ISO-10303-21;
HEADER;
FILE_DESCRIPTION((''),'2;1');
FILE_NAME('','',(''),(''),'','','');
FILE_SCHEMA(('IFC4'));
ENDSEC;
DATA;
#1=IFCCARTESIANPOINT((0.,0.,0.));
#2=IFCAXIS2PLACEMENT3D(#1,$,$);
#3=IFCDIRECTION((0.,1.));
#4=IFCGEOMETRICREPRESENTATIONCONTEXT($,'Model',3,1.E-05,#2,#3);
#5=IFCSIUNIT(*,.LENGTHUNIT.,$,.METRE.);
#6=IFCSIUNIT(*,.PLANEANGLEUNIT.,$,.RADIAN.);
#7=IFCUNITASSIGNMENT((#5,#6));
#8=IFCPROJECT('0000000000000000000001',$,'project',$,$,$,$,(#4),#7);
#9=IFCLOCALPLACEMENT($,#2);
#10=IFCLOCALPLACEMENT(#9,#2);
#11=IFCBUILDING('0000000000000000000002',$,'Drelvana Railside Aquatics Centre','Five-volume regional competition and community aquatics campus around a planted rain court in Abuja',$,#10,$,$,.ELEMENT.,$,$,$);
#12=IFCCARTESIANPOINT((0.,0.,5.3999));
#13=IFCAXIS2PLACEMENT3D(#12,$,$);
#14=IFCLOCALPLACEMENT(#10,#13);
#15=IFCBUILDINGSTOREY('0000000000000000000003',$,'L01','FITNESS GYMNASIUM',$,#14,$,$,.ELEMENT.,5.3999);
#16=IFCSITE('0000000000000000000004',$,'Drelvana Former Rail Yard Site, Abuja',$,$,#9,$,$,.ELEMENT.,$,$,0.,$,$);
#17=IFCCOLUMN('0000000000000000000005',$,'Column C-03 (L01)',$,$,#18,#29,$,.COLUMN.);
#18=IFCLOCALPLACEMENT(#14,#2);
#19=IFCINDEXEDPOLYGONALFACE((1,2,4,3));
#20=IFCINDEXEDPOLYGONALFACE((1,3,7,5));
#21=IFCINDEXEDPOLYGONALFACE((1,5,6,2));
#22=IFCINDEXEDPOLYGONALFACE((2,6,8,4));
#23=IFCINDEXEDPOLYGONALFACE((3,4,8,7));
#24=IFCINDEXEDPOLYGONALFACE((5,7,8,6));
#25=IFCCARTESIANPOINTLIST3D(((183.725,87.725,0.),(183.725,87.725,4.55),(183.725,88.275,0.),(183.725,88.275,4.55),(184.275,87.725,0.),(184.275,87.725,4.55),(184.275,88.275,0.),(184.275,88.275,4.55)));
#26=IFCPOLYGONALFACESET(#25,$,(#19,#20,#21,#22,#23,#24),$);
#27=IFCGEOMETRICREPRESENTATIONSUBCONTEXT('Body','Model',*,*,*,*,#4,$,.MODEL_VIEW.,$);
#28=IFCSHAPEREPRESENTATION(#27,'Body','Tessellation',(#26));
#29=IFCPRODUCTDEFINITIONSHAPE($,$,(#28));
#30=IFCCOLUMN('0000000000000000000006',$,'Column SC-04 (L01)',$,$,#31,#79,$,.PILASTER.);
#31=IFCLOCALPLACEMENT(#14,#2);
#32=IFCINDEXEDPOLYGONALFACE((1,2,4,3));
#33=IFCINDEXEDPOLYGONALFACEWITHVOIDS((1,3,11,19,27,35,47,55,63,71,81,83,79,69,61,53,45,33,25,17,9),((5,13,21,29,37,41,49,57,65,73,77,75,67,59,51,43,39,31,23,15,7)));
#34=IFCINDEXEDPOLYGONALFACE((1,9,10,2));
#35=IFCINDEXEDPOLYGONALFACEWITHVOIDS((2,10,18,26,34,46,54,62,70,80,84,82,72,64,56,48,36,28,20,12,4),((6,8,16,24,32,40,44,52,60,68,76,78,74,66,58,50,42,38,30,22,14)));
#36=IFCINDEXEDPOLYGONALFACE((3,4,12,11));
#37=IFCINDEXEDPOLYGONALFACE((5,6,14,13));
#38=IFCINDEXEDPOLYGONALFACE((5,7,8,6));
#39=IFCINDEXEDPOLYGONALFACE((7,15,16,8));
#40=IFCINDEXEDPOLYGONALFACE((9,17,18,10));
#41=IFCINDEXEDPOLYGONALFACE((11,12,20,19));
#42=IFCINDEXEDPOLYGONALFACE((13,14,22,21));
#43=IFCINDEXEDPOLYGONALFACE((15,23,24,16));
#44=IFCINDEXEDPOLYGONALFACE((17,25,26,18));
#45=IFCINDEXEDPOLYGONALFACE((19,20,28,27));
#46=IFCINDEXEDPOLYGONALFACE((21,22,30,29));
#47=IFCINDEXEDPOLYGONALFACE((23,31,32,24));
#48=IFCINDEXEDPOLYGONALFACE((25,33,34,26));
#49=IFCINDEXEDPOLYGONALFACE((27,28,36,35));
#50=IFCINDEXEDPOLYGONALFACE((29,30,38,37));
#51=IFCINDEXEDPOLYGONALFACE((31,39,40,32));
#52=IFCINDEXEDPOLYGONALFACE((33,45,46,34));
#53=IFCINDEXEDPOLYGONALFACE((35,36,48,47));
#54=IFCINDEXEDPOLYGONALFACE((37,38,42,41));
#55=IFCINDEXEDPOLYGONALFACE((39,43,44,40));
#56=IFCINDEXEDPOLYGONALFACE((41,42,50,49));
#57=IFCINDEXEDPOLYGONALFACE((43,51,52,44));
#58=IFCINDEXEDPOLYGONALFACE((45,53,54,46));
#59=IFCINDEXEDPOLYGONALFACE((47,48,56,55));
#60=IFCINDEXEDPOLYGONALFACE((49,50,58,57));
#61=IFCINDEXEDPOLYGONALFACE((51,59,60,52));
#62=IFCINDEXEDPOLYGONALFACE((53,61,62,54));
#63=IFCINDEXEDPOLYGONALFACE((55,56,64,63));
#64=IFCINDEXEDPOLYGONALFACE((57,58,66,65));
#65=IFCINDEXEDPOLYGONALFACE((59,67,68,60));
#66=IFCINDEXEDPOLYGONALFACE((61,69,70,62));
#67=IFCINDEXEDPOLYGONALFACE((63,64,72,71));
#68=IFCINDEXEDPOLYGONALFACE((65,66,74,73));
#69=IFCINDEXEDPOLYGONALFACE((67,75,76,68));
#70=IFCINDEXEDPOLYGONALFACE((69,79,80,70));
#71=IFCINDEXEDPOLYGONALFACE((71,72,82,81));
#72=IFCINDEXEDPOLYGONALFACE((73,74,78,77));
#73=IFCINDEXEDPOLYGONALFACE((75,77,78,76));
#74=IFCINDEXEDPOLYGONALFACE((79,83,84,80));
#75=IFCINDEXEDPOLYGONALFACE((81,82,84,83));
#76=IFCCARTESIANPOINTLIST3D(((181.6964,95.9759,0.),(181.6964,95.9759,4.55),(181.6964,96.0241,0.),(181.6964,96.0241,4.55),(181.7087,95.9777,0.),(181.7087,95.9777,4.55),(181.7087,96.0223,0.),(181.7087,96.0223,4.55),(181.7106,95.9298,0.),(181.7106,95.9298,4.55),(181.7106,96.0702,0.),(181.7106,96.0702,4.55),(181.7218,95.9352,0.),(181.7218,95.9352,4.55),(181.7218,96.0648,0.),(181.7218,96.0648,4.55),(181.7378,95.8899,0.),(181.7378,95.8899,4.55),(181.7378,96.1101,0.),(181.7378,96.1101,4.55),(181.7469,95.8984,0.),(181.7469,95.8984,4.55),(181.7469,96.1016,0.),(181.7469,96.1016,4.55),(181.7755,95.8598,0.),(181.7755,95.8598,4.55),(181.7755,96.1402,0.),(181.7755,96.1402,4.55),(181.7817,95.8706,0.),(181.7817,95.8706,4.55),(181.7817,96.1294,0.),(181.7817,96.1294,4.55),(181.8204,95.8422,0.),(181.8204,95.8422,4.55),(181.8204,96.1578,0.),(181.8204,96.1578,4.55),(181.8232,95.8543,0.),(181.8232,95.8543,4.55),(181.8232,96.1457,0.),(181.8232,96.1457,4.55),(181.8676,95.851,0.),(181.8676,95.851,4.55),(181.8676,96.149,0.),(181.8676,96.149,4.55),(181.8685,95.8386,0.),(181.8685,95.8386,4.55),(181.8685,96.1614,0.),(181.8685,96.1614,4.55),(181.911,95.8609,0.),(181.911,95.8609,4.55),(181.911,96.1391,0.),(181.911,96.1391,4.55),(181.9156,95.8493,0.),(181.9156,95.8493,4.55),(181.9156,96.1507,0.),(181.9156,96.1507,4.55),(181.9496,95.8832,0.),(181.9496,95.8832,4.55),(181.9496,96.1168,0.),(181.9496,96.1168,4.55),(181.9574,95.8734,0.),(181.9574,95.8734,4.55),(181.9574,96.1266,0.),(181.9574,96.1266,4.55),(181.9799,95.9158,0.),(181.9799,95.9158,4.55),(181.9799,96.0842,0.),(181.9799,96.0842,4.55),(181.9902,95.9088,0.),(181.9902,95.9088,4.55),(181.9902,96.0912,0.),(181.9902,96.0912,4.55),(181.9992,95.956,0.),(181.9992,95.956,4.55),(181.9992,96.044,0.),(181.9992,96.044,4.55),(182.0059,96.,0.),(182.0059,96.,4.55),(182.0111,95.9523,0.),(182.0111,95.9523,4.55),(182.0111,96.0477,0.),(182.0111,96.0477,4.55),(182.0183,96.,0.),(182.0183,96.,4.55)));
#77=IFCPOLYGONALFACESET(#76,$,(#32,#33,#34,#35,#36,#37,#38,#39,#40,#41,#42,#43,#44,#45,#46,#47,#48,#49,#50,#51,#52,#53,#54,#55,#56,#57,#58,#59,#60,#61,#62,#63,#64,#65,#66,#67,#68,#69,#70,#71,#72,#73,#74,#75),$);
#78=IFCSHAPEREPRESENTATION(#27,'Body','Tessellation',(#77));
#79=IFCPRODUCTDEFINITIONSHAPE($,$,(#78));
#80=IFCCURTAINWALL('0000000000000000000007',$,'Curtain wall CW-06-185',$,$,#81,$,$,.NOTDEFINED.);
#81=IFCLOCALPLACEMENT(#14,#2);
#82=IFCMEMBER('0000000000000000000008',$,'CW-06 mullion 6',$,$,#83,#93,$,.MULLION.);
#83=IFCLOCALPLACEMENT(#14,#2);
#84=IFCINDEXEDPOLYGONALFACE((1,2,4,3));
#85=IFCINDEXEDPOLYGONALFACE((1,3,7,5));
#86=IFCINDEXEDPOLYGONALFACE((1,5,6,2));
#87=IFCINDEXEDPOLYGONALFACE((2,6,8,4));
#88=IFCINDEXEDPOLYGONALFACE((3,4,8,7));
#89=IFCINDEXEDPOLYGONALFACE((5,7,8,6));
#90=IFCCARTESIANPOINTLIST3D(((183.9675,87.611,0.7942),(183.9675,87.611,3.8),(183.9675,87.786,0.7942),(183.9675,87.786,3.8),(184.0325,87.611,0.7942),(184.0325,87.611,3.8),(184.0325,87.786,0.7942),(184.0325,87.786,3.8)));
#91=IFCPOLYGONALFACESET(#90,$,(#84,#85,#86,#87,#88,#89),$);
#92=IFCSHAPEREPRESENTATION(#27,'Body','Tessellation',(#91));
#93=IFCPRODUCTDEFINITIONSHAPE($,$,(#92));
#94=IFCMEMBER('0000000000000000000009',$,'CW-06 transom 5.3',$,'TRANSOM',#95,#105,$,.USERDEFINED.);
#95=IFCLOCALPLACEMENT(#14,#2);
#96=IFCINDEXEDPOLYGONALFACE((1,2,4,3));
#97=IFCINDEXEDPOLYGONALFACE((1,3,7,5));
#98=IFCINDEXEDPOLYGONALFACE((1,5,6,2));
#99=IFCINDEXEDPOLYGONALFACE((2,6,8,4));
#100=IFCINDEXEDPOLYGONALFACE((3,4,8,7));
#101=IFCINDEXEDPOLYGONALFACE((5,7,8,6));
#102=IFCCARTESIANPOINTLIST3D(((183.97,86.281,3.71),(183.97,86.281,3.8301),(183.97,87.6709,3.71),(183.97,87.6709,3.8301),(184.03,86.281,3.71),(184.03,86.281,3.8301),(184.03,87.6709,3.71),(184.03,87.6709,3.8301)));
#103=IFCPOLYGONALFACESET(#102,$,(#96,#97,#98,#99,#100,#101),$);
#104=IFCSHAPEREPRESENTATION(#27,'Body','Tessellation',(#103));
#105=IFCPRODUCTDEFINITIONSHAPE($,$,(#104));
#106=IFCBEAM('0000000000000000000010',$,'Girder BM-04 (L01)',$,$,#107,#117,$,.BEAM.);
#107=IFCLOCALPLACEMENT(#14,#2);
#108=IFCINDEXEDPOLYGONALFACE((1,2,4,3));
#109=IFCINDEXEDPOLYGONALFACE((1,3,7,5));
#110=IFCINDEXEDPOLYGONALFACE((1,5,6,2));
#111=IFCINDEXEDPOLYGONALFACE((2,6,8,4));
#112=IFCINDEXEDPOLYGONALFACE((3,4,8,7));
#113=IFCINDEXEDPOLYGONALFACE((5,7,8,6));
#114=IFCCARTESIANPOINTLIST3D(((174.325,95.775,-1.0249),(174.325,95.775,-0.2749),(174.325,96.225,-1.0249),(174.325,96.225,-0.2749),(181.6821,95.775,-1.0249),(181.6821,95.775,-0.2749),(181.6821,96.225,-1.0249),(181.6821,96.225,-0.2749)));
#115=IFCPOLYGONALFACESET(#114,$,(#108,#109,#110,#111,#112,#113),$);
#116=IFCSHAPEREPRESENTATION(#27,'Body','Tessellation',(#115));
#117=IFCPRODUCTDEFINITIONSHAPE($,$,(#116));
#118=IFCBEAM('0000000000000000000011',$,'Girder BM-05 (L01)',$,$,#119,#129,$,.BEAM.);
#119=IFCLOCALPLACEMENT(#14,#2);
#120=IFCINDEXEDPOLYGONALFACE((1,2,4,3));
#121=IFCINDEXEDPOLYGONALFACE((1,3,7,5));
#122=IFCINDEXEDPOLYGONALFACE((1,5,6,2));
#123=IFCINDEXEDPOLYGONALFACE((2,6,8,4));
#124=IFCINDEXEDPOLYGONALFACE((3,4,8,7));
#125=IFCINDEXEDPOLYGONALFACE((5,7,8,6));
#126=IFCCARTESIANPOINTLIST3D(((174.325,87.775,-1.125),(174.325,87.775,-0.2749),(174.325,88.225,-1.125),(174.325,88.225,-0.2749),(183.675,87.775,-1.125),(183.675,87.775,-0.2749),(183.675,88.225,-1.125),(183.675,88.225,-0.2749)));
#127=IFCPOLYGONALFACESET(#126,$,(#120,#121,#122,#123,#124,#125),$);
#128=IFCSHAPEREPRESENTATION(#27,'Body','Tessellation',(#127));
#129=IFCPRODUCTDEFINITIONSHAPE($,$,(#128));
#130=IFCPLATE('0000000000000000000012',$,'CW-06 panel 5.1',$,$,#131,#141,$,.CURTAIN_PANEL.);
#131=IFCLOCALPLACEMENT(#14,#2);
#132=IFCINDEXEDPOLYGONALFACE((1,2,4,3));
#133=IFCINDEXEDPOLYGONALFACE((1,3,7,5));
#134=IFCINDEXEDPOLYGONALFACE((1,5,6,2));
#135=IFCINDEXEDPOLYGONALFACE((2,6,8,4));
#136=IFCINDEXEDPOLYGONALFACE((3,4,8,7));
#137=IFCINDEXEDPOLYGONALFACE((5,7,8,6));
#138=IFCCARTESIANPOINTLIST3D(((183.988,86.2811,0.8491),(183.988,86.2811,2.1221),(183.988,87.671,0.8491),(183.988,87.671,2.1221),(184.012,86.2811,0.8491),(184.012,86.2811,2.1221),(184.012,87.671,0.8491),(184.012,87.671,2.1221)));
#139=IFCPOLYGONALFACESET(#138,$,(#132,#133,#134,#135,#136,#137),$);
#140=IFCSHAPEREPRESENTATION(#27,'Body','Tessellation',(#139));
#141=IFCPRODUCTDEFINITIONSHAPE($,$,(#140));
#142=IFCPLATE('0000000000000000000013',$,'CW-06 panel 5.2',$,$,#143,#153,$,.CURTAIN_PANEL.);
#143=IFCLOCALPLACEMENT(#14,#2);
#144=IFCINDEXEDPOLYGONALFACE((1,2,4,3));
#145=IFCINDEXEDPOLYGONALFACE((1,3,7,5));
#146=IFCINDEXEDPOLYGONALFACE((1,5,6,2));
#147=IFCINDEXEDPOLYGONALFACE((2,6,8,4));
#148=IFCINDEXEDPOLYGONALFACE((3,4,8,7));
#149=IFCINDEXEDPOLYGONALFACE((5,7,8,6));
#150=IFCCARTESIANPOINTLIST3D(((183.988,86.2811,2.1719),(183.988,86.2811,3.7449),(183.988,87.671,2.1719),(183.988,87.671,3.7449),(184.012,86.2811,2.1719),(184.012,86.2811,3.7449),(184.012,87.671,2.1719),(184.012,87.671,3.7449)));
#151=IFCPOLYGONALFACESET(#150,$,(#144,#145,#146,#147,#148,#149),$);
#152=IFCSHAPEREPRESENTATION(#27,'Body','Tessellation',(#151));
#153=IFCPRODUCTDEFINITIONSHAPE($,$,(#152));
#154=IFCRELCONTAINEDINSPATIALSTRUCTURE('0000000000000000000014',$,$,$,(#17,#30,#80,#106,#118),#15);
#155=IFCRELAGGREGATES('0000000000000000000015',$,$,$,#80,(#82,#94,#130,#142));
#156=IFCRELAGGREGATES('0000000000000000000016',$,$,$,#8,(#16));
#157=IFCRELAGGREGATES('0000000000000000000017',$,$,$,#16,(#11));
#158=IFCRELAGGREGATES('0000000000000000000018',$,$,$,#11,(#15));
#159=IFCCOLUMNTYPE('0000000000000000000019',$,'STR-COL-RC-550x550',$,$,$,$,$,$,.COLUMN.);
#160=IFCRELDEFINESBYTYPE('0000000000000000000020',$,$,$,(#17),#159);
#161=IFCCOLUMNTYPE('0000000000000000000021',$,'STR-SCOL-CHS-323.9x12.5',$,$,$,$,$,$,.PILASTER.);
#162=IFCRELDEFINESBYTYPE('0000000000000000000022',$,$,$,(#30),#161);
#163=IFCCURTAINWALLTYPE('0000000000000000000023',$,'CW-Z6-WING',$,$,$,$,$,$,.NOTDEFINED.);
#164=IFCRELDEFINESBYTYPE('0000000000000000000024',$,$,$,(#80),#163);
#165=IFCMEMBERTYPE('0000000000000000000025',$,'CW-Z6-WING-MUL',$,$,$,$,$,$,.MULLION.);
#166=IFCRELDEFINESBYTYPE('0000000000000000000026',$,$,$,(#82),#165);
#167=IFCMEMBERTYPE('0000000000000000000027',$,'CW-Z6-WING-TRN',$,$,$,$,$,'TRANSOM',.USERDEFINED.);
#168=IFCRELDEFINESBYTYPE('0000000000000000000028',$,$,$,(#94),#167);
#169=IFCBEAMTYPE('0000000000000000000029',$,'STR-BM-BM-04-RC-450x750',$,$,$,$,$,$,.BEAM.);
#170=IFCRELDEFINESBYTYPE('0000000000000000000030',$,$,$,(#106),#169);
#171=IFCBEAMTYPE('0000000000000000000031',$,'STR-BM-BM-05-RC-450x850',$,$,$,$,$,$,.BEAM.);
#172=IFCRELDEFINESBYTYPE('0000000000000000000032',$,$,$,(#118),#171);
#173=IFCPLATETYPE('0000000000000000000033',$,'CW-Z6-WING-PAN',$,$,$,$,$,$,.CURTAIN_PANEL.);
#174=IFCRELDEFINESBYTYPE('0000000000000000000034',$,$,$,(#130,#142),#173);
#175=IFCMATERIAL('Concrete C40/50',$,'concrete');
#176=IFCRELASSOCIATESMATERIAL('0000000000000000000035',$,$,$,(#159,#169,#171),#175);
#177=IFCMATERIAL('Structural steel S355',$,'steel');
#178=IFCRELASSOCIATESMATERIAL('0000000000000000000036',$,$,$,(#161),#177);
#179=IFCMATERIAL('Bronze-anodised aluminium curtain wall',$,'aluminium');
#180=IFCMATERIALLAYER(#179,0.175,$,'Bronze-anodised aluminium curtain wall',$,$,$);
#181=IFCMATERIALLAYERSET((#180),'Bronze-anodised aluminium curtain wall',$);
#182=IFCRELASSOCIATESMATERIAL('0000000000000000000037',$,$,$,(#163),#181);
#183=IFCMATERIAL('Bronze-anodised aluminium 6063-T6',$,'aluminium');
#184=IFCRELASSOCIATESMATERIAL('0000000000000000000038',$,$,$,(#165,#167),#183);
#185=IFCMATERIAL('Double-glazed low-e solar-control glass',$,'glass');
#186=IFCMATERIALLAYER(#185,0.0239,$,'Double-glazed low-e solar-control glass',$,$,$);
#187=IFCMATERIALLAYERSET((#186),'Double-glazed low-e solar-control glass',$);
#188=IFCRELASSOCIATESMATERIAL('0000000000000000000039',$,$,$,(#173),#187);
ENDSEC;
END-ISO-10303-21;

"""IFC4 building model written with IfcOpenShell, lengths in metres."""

from ifc_helpers import new_model, si_unit, direction, frame, origin, origin_2d, place, context, subcontext, project, spatial, rectangle, hollow_circle, extrude, material, layer, layer_set, material_profile, profile_set, type_object, element, aggregate, save


model = new_model("IFC4")

# Units and contexts
model_context = context("Model", 3, precision=1e-05, world=origin(), true_north=direction((0.0, 1.0)))
body_context = subcontext(model_context, "Body", "Model", "MODEL_VIEW")
ifc_project = project(units=[si_unit("LENGTHUNIT", "METRE"), si_unit("PLANEANGLEUNIT", "RADIAN")], contexts=[model_context])

# Site, building, storey
site_placement = place(None, origin())
site = spatial("IfcSite", under=ifc_project, at=site_placement, Name="Drelvana Former Rail Yard Site, Abuja", CompositionType="ELEMENT", RefElevation=0.0)
building_placement = place(site_placement, origin())
building = spatial("IfcBuilding", under=site, at=building_placement, Name="Drelvana Railside Aquatics Centre", Description="Five-volume regional competition and community aquatics campus around a planted rain court in Abuja", CompositionType="ELEMENT")
storey_placement = place(building_placement, frame((0.0, 0.0, 5.3999)))
storey = spatial("IfcBuildingStorey", under=building, at=storey_placement, Name="L01", Description="FITNESS GYMNASIUM", CompositionType="ELEMENT", Elevation=5.3999)

# Columns
ifc_material_1 = material(Name="Concrete C40/50", Category="concrete")
ifc_material_profile_1 = material_profile(ifc_material_1, rectangle(XDim=0.55, YDim=0.55, at=origin_2d()), Name="RC 550x550")
ifc_profile_set_1 = profile_set([ifc_material_profile_1], Name="Concrete C40/50")
column_type_1 = type_object("IfcColumnType", Name="STR-COL-RC-550x550", PredefinedType="COLUMN", material=ifc_profile_set_1)
column_1_placement = place(storey_placement, frame((184.0, 88.0, 0.0), z_axis=(0.0, 0.0, 1.0), x_axis=(1.0, 0.0, 0.0)))
element("IfcColumn", 1, at=column_1_placement, inside=storey, type_object=column_type_1, Name="Column C-03 (L01)", PredefinedType="COLUMN", context=body_context, shape_type="SweptSolid", body=[
    extrude(rectangle(XDim=0.55, YDim=0.55, at=origin_2d()), origin(), (0.0, 0.0, 1.0), 4.55),
])
ifc_material_2 = material(Name="Structural steel S355", Category="steel")
ifc_material_profile_2 = material_profile(ifc_material_2, hollow_circle(Radius=0.1619, WallThickness=0.0125, at=origin_2d()), Name="CHS 323.9x12.5")
ifc_profile_set_2 = profile_set([ifc_material_profile_2], Name="Structural steel S355")
column_type_2 = type_object("IfcColumnType", Name="STR-SCOL-CHS-323.9x12.5", PredefinedType="PILASTER", material=ifc_profile_set_2)
column_2_placement = place(storey_placement, frame((181.8564, 96.0, 0.0), z_axis=(0.0, 0.0, 1.0), x_axis=(1.0, 0.0, 0.0)))
element("IfcColumn", 2, at=column_2_placement, inside=storey, type_object=column_type_2, Name="Column SC-04 (L01)", PredefinedType="PILASTER", context=body_context, shape_type="SweptSolid", body=[
    extrude(hollow_circle(Radius=0.1619, WallThickness=0.0125, at=origin_2d()), origin(), (0.0, 0.0, 1.0), 4.55),
])

# Curtain wall, members
ifc_material_3 = material(Name="Bronze-anodised aluminium curtain wall", Category="aluminium")
ifc_layer_1 = layer(ifc_material_3, 0.175, Name="Bronze-anodised aluminium curtain wall")
ifc_layer_set_1 = layer_set([ifc_layer_1], Name="Bronze-anodised aluminium curtain wall")
curtain_wall_type = type_object("IfcCurtainWallType", Name="CW-Z6-WING", PredefinedType="NOTDEFINED", material=ifc_layer_set_1)
curtain_wall_placement = place(storey_placement, origin())
curtain_wall = element("IfcCurtainWall", 3, at=curtain_wall_placement, inside=storey, type_object=curtain_wall_type, Name="Curtain wall CW-06-185", PredefinedType="NOTDEFINED")
ifc_material_4 = material(Name="Bronze-anodised aluminium 6063-T6", Category="aluminium")
ifc_material_profile_3 = material_profile(ifc_material_4, rectangle(XDim=0.0649, YDim=0.175, at=origin_2d()), Name="ALU-M 65x175")
ifc_profile_set_3 = profile_set([ifc_material_profile_3], Name="Bronze-anodised aluminium 6063-T6")
member_type_1 = type_object("IfcMemberType", Name="CW-Z6-WING-MUL", PredefinedType="MULLION", material=ifc_profile_set_3)
member_1_placement = place(storey_placement, frame((184.0, 87.6985, 0.7942), z_axis=(0.0, 0.0, 1.0), x_axis=(-1.0, 0.0, 0.0)))
member_1 = element("IfcMember", 4, at=member_1_placement, type_object=member_type_1, Name="CW-06 mullion 6", PredefinedType="MULLION", context=body_context, shape_type="SweptSolid", body=[
    extrude(rectangle(XDim=0.0649, YDim=0.175, at=origin_2d()), origin(), (0.0, 0.0, 1.0), 3.0059),
])
ifc_material_profile_4 = material_profile(ifc_material_4, rectangle(XDim=0.1201, YDim=0.0601, at=origin_2d()), Name="ALU-T 60x120")
ifc_profile_set_4 = profile_set([ifc_material_profile_4], Name="Bronze-anodised aluminium 6063-T6")
member_type_2 = type_object("IfcMemberType", Name="CW-Z6-WING-TRN", ElementType="TRANSOM", PredefinedType="USERDEFINED", material=ifc_profile_set_4)
member_2_placement = place(storey_placement, frame((184.0, 86.281, 3.77), z_axis=(0.0, 1.0, 0.0), x_axis=(0.0, 0.0, 1.0)))
member_2 = element("IfcMember", 5, at=member_2_placement, type_object=member_type_2, Name="CW-06 transom 5.3", ObjectType="TRANSOM", PredefinedType="USERDEFINED", context=body_context, shape_type="SweptSolid", body=[
    extrude(rectangle(XDim=0.1201, YDim=0.0601, at=origin_2d()), origin(), (0.0, 0.0, 1.0), 1.3899),
])

# Beams
ifc_material_profile_5 = material_profile(ifc_material_1, rectangle(XDim=0.45, YDim=0.75, at=origin_2d()), Name="RC 450x750")
ifc_profile_set_5 = profile_set([ifc_material_profile_5], Name="Concrete C40/50")
beam_type_1 = type_object("IfcBeamType", Name="STR-BM-BM-04-RC-450x750", PredefinedType="BEAM", material=ifc_profile_set_5)
beam_1_placement = place(storey_placement, frame((174.325, 96.0, -0.6499), z_axis=(1.0, 0.0, 0.0), x_axis=(0.0, 1.0, 0.0)))
element("IfcBeam", 6, at=beam_1_placement, inside=storey, type_object=beam_type_1, Name="Girder BM-04 (L01)", PredefinedType="BEAM", context=body_context, shape_type="SweptSolid", body=[
    extrude(rectangle(XDim=0.45, YDim=0.75, at=origin_2d()), origin(), (0.0, 0.0, 1.0), 7.3572),
])
ifc_material_profile_6 = material_profile(ifc_material_1, rectangle(XDim=0.45, YDim=0.8501, at=origin_2d()), Name="RC 450x850")
ifc_profile_set_6 = profile_set([ifc_material_profile_6], Name="Concrete C40/50")
beam_type_2 = type_object("IfcBeamType", Name="STR-BM-BM-05-RC-450x850", PredefinedType="BEAM", material=ifc_profile_set_6)
beam_2_placement = place(storey_placement, frame((174.325, 88.0, -0.7), z_axis=(1.0, 0.0, 0.0), x_axis=(0.0, 1.0, 0.0)))
element("IfcBeam", 7, at=beam_2_placement, inside=storey, type_object=beam_type_2, Name="Girder BM-05 (L01)", PredefinedType="BEAM", context=body_context, shape_type="SweptSolid", body=[
    extrude(rectangle(XDim=0.45, YDim=0.8501, at=origin_2d()), origin(), (0.0, 0.0, 1.0), 9.3501),
])

# Plates
ifc_material_5 = material(Name="Double-glazed low-e solar-control glass", Category="glass")
ifc_layer_2 = layer(ifc_material_5, 0.0239, Name="Double-glazed low-e solar-control glass")
ifc_layer_set_2 = layer_set([ifc_layer_2], Name="Double-glazed low-e solar-control glass")
plate_type = type_object("IfcPlateType", Name="CW-Z6-WING-PAN", PredefinedType="CURTAIN_PANEL", material=ifc_layer_set_2)
plate_1_placement = place(storey_placement, frame((184.0, 86.9761, 0.8491), z_axis=(0.0, 0.0, 1.0), x_axis=(0.0, 1.0, 0.0)))
plate_1 = element("IfcPlate", 8, at=plate_1_placement, type_object=plate_type, Name="CW-06 panel 5.1", PredefinedType="CURTAIN_PANEL", context=body_context, shape_type="SweptSolid", body=[
    extrude(rectangle(XDim=1.3899, YDim=0.0239, at=origin_2d()), origin(), (0.0, 0.0, 1.0), 1.2729),
])
plate_2_placement = place(storey_placement, frame((184.0, 86.9761, 2.1719), z_axis=(0.0, 0.0, 1.0), x_axis=(0.0, 1.0, 0.0)))
plate_2 = element("IfcPlate", 9, at=plate_2_placement, type_object=plate_type, Name="CW-06 panel 5.2", PredefinedType="CURTAIN_PANEL", context=body_context, shape_type="SweptSolid", body=[
    extrude(rectangle(XDim=1.3899, YDim=0.0239, at=origin_2d()), origin(), (0.0, 0.0, 1.0), 1.573),
])
aggregate(curtain_wall, [member_1, member_2, plate_1, plate_2])

save(model, "model.ifc")
